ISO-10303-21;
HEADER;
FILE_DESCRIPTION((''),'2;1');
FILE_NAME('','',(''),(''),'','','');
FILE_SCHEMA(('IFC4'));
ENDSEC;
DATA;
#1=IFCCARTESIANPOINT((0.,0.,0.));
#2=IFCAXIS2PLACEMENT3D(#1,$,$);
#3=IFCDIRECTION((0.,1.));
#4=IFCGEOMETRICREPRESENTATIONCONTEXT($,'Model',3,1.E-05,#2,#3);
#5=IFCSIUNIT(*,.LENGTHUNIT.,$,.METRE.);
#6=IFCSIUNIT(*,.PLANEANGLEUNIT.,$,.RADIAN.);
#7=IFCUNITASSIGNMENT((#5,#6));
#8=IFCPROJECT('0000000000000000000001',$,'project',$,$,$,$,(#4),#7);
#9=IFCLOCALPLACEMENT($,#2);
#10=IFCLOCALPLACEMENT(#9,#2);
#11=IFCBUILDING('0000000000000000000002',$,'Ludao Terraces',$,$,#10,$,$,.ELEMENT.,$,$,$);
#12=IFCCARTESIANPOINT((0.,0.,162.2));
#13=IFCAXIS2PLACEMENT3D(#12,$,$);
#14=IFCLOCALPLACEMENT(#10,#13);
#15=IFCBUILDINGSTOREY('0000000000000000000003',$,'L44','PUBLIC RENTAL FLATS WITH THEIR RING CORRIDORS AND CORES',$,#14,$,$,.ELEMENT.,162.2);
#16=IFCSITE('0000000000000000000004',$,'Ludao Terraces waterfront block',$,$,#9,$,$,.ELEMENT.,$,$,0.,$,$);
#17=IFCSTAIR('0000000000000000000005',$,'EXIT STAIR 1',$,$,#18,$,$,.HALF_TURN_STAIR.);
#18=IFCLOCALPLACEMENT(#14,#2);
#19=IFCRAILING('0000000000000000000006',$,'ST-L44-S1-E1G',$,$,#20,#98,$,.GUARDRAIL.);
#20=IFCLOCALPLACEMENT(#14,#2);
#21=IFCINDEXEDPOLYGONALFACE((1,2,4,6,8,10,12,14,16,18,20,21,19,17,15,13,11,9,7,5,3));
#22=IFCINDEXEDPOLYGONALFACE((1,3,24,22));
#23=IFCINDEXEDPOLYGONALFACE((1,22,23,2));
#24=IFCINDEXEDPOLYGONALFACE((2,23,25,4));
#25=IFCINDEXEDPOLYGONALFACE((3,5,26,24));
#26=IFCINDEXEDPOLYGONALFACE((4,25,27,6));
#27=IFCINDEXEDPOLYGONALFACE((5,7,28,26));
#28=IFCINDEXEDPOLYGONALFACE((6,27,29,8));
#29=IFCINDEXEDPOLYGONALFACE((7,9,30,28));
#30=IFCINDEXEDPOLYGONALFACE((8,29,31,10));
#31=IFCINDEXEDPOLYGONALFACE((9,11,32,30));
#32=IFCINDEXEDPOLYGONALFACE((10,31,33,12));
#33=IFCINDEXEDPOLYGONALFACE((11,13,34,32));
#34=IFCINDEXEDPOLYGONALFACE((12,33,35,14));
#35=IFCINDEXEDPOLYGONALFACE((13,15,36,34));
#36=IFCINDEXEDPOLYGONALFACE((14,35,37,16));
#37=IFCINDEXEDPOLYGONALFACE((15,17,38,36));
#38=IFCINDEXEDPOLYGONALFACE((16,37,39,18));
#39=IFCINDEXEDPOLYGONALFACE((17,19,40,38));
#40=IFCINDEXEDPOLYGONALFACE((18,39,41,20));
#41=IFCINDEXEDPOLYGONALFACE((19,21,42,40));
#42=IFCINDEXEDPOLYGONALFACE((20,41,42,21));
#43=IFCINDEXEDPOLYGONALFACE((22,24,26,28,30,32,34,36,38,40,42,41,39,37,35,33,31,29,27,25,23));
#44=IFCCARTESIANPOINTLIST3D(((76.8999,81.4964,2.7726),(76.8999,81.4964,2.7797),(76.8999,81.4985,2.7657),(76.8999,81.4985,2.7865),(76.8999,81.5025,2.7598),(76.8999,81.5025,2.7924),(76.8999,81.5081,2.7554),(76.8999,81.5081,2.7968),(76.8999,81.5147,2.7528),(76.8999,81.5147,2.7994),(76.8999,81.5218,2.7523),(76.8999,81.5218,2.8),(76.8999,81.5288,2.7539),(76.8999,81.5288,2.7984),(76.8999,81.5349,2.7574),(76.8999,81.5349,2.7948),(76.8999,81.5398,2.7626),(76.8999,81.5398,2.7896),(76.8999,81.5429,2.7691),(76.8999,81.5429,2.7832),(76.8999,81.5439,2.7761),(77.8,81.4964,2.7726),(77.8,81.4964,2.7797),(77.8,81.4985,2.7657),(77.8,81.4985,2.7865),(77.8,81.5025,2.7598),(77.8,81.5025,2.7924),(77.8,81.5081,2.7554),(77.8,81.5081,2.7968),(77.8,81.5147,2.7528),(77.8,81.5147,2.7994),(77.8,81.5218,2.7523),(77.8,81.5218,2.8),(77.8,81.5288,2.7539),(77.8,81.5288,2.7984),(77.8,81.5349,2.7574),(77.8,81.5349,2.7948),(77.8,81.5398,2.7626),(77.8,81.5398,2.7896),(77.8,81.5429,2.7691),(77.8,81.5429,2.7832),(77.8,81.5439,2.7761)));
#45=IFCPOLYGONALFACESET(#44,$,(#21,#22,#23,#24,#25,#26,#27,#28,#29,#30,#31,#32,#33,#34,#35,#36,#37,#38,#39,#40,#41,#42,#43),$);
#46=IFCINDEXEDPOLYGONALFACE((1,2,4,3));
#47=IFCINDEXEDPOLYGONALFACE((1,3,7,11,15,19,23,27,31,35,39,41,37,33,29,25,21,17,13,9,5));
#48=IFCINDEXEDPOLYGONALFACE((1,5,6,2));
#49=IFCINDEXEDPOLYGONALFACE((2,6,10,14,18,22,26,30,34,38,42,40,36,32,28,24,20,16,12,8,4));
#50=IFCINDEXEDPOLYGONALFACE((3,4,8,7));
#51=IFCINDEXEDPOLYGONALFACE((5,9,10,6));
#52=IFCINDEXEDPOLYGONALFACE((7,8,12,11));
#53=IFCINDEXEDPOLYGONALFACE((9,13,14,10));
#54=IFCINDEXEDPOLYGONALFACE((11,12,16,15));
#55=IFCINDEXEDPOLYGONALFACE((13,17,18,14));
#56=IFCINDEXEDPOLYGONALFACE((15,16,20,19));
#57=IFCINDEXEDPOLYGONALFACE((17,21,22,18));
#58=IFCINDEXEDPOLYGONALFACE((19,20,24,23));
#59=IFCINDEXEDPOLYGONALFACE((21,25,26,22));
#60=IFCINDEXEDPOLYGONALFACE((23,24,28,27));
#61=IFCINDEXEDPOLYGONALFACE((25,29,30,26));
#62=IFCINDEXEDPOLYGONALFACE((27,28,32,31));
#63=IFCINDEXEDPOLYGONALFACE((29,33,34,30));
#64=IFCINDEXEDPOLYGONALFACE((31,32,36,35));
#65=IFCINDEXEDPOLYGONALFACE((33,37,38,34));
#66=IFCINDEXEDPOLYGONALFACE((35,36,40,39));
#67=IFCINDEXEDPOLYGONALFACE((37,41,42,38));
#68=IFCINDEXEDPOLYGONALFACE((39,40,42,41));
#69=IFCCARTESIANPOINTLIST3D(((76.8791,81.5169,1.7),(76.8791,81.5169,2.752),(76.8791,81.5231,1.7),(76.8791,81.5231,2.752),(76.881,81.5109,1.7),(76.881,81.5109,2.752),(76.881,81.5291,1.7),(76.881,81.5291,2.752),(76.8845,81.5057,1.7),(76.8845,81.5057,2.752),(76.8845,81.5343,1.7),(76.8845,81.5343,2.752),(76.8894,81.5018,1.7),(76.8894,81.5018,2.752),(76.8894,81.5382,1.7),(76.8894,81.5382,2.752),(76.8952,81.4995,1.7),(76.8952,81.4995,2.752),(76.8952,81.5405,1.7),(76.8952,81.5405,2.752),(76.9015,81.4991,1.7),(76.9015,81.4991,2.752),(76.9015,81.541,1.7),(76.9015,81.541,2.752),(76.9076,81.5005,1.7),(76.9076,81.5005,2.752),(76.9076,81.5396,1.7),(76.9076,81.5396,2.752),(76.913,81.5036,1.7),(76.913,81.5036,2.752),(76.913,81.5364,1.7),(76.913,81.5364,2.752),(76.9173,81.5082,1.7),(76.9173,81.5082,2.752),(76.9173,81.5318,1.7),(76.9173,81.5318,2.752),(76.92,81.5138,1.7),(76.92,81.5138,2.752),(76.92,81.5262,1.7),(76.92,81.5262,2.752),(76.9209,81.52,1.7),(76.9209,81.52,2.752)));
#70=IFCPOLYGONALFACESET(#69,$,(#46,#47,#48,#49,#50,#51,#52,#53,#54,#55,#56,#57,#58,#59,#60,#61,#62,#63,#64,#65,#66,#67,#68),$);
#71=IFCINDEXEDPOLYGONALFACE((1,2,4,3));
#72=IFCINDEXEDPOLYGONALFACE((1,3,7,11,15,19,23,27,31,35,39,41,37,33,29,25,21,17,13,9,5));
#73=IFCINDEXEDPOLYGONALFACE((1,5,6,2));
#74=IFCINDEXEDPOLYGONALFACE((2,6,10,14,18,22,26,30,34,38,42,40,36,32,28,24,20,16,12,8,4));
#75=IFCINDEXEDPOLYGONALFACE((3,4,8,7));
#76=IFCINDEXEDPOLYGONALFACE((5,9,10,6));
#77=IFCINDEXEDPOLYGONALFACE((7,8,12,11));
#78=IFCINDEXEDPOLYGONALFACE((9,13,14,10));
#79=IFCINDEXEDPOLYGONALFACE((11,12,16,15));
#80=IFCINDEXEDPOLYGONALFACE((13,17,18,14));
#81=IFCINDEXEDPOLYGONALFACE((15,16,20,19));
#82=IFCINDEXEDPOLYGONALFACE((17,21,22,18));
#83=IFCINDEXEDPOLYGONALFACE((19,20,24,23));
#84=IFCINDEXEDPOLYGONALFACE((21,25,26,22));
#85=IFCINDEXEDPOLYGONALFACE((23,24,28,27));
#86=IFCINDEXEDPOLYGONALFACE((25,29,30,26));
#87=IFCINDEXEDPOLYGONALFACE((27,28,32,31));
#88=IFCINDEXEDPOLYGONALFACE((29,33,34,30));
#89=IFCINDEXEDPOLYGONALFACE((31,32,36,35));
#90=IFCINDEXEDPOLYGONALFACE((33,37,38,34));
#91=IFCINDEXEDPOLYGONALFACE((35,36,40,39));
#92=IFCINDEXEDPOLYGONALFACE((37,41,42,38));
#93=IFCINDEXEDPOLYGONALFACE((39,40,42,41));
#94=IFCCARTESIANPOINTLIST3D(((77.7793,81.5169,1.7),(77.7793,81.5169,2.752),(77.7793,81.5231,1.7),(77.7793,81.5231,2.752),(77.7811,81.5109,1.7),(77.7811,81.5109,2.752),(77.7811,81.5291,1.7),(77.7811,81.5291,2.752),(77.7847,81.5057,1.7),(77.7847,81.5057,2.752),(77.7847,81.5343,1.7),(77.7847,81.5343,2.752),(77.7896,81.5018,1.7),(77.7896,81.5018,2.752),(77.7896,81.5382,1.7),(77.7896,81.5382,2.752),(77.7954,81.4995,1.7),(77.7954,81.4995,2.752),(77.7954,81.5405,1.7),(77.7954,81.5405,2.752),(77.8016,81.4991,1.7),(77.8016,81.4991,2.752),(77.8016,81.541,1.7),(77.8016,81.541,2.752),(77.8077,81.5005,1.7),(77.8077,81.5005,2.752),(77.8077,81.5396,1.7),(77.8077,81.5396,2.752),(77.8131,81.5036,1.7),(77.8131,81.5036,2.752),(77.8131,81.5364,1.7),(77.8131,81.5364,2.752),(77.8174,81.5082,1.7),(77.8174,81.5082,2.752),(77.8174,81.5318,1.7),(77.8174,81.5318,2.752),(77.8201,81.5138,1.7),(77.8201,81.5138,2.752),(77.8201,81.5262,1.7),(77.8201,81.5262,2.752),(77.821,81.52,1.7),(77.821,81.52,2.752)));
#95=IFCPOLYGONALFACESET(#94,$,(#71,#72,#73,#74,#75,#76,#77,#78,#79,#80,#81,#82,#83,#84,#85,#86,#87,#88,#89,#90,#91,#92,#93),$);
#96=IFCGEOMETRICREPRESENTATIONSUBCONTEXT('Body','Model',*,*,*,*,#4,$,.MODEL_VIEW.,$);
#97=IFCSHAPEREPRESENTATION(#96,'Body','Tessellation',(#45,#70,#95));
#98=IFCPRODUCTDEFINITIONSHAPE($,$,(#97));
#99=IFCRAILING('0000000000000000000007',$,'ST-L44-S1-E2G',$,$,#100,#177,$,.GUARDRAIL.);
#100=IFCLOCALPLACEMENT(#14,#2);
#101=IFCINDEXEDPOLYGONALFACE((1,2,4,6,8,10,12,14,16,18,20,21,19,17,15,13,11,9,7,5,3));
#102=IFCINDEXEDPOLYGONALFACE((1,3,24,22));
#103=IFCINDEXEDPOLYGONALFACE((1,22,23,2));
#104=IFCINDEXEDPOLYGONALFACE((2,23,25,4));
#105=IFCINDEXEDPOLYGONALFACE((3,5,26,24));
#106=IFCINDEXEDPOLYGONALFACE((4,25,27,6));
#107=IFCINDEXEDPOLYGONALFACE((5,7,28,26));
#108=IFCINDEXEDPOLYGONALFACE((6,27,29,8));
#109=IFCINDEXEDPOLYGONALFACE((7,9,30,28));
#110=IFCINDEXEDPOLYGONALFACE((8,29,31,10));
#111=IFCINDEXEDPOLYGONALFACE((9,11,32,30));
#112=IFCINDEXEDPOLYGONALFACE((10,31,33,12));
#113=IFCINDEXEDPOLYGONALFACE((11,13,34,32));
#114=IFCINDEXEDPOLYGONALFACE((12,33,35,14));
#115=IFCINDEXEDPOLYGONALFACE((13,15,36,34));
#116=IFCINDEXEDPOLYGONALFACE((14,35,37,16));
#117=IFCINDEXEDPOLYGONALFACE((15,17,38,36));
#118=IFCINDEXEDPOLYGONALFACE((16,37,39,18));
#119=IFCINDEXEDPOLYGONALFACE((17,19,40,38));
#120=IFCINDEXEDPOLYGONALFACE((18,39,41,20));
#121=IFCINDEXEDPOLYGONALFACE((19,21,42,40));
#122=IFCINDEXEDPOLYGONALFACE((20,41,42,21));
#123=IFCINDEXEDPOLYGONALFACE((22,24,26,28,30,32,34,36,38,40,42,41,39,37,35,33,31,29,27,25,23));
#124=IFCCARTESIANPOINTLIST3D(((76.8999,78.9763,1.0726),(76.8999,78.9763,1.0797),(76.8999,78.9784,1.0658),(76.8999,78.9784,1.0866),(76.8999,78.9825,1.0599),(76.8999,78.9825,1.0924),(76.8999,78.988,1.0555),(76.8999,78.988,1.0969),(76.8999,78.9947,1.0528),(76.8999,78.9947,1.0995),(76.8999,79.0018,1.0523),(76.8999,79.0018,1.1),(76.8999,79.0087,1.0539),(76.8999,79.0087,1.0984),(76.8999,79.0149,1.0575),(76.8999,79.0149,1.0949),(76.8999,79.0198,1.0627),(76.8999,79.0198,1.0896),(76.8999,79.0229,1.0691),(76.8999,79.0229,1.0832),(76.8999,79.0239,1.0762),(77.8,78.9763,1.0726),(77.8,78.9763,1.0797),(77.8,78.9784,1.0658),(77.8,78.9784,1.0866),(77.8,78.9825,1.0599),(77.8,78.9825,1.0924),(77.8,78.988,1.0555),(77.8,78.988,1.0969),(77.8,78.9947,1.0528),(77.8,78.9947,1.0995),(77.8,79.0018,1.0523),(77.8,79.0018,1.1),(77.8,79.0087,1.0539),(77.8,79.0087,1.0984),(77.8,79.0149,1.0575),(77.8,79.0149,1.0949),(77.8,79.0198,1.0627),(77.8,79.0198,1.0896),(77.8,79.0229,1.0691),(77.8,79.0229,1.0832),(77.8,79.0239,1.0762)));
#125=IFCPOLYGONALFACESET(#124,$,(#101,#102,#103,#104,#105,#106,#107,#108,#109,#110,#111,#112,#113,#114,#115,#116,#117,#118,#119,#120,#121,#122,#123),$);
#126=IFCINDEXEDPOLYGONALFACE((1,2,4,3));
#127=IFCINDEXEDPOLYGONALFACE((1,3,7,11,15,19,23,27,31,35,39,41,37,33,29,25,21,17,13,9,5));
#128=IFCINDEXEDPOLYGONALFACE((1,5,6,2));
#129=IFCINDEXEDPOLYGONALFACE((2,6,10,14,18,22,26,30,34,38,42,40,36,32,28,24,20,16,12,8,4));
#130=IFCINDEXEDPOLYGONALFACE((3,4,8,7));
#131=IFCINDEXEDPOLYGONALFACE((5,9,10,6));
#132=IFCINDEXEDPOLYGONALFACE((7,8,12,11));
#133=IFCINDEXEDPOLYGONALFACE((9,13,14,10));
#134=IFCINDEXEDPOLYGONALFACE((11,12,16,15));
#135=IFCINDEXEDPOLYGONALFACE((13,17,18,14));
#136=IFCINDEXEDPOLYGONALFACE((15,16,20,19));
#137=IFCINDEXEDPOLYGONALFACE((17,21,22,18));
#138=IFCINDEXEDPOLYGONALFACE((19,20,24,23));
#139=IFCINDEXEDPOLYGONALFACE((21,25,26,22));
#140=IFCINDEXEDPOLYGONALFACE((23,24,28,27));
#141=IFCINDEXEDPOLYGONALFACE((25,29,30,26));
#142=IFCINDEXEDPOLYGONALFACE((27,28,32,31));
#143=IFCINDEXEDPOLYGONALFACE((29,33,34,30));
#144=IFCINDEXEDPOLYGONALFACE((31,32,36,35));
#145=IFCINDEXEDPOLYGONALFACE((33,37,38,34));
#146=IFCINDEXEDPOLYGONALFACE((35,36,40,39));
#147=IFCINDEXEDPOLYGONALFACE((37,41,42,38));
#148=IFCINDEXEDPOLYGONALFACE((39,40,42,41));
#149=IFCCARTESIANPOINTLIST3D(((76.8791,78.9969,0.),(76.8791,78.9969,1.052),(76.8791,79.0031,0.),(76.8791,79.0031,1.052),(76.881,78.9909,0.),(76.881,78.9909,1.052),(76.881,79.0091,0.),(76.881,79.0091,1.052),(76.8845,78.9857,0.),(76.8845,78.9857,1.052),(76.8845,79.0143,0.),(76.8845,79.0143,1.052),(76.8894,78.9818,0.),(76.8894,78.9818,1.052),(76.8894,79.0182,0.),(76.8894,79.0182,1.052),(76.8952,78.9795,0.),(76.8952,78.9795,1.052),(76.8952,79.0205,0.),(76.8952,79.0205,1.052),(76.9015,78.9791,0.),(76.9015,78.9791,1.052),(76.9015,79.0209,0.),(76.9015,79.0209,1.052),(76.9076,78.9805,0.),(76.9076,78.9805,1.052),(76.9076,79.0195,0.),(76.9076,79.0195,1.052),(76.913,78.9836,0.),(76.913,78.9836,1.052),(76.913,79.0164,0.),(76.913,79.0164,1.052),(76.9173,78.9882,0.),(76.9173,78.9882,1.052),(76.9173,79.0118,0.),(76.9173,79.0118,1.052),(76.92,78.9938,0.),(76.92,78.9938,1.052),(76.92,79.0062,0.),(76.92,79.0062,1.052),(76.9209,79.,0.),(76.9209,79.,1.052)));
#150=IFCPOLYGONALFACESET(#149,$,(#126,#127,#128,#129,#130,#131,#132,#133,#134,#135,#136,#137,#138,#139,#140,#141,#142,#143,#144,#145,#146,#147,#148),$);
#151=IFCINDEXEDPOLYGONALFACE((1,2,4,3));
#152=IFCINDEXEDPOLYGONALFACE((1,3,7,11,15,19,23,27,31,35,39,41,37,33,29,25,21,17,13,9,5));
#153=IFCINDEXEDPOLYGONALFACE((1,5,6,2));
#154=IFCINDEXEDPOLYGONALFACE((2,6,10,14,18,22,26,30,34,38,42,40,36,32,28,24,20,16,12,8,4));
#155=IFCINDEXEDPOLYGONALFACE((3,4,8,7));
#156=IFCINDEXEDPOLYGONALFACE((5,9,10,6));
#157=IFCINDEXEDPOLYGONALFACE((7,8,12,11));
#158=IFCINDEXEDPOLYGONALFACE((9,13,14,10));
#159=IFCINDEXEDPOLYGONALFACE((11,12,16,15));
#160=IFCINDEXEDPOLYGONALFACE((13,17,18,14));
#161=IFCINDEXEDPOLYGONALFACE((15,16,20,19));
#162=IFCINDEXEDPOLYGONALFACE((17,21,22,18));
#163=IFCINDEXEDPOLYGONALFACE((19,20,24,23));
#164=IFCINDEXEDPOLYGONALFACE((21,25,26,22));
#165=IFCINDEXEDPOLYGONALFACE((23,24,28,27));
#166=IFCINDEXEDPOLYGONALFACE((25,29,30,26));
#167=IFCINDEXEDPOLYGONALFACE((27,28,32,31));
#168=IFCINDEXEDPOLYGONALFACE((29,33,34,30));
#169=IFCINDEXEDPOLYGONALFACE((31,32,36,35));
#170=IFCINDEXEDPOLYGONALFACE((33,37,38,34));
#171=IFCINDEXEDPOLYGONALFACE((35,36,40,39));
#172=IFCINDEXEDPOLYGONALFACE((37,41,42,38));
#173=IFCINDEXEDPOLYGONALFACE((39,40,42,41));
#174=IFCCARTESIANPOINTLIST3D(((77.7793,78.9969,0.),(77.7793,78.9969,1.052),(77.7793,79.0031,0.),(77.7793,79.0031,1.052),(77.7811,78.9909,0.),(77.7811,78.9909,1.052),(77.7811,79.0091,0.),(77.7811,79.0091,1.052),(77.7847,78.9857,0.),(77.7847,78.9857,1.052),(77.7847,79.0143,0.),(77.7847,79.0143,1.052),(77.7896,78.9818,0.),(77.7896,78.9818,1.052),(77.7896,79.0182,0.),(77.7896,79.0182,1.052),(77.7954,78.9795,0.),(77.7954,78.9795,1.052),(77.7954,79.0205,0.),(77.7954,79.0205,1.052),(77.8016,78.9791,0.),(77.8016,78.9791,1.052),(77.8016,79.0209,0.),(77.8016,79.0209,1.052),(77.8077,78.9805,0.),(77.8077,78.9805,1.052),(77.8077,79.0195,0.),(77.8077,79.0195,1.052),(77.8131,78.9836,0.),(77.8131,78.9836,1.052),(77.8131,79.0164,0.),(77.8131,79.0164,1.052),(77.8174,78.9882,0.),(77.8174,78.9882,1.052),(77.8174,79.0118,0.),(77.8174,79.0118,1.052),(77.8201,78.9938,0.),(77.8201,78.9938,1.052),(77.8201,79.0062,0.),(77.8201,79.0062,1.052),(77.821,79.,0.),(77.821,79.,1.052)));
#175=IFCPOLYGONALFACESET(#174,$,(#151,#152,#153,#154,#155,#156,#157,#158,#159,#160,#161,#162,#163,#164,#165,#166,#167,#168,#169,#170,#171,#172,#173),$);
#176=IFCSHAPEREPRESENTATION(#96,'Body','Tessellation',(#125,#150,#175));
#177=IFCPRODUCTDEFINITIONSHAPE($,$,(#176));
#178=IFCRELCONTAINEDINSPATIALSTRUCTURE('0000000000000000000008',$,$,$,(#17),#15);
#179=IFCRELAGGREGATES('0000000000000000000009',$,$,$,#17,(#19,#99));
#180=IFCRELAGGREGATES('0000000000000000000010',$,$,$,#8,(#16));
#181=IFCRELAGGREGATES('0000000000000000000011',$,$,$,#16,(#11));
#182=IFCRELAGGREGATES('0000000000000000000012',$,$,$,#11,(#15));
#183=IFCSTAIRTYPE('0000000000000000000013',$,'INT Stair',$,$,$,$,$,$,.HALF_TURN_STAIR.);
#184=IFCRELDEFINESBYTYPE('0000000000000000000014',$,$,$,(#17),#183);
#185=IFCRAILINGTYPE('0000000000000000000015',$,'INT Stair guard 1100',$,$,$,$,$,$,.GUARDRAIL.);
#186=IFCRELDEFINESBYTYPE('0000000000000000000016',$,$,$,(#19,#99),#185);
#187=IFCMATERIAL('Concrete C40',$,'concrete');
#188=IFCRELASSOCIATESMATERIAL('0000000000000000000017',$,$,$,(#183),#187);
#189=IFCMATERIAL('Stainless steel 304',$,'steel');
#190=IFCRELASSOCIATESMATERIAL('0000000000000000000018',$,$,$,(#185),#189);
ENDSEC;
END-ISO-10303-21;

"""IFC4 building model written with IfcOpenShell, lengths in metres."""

from ifc_helpers import new_model, si_unit, direction, frame, origin, origin_2d, place, context, subcontext, project, spatial, circle, extrude, material, type_object, element, aggregate, save


model = new_model("IFC4")

# Units and contexts
model_context = context("Model", 3, precision=1e-05, world=origin(), true_north=direction((0.0, 1.0)))
body_context = subcontext(model_context, "Body", "Model", "MODEL_VIEW")
ifc_project = project(units=[si_unit("LENGTHUNIT", "METRE"), si_unit("PLANEANGLEUNIT", "RADIAN")], contexts=[model_context])

# Site, building, storey
site_placement = place(None, origin())
site = spatial("IfcSite", under=ifc_project, at=site_placement, Name="Ludao Terraces waterfront block", CompositionType="ELEMENT", RefElevation=0.0)
building_placement = place(site_placement, origin())
building = spatial("IfcBuilding", under=site, at=building_placement, Name="Ludao Terraces", CompositionType="ELEMENT")
storey_placement = place(building_placement, frame((0.0, 0.0, 162.2)))
storey = spatial("IfcBuildingStorey", under=building, at=storey_placement, Name="L44", Description="PUBLIC RENTAL FLATS WITH THEIR RING CORRIDORS AND CORES", CompositionType="ELEMENT", Elevation=162.2)

# Shared definitions
ifc_material_1 = material(Name="Stainless steel 304", Category="steel")

# Stair, railings
ifc_material_2 = material(Name="Concrete C40", Category="concrete")
stair_type = type_object("IfcStairType", Name="INT Stair", PredefinedType="HALF_TURN_STAIR", material=ifc_material_2)
stair_placement = place(storey_placement, origin())
stair = element("IfcStair", 1, at=stair_placement, inside=storey, type_object=stair_type, Name="EXIT STAIR 1", PredefinedType="HALF_TURN_STAIR")
railing_type_1 = type_object("IfcRailingType", Name="INT Stair guard 1100", PredefinedType="GUARDRAIL", material=ifc_material_1)
railing_1_placement = place(storey_placement, frame((76.8999, 81.52, 1.7)))
railing_1 = element("IfcRailing", 2, at=railing_1_placement, type_object=railing_type_1, Name="ST-L44-S1-E1G", PredefinedType="GUARDRAIL", context=body_context, shape_type="SweptSolid", body=[
    extrude(circle(Radius=0.0239, at=origin_2d()), frame((0.0, 0.0, 1.0762), z_axis=(1.0, 0.0, 0.0), x_axis=(0.0, 1.0, 0.0)), (0.0, 0.0, 1.0), 0.9001),
    extrude(circle(Radius=0.021, at=origin_2d()), origin(), (0.0, 0.0, 1.0), 1.052),
    extrude(circle(Radius=0.021, at=origin_2d()), frame((0.9001, 0.0, 0.0)), (0.0, 0.0, 1.0), 1.052),
])
railing_2_placement = place(storey_placement, frame((76.8999, 79.0, 0.0)))
railing_2 = element("IfcRailing", 3, at=railing_2_placement, type_object=railing_type_1, Name="ST-L44-S1-E2G", PredefinedType="GUARDRAIL", context=body_context, shape_type="SweptSolid", body=[
    extrude(circle(Radius=0.0239, at=origin_2d()), frame((0.0, 0.0, 1.0762), z_axis=(1.0, 0.0, 0.0), x_axis=(0.0, 1.0, 0.0)), (0.0, 0.0, 1.0), 0.9001),
    extrude(circle(Radius=0.021, at=origin_2d()), origin(), (0.0, 0.0, 1.0), 1.052),
    extrude(circle(Radius=0.021, at=origin_2d()), frame((0.9001, 0.0, 0.0)), (0.0, 0.0, 1.0), 1.052),
])
aggregate(stair, [railing_1, railing_2])

save(model, "model.ifc")
